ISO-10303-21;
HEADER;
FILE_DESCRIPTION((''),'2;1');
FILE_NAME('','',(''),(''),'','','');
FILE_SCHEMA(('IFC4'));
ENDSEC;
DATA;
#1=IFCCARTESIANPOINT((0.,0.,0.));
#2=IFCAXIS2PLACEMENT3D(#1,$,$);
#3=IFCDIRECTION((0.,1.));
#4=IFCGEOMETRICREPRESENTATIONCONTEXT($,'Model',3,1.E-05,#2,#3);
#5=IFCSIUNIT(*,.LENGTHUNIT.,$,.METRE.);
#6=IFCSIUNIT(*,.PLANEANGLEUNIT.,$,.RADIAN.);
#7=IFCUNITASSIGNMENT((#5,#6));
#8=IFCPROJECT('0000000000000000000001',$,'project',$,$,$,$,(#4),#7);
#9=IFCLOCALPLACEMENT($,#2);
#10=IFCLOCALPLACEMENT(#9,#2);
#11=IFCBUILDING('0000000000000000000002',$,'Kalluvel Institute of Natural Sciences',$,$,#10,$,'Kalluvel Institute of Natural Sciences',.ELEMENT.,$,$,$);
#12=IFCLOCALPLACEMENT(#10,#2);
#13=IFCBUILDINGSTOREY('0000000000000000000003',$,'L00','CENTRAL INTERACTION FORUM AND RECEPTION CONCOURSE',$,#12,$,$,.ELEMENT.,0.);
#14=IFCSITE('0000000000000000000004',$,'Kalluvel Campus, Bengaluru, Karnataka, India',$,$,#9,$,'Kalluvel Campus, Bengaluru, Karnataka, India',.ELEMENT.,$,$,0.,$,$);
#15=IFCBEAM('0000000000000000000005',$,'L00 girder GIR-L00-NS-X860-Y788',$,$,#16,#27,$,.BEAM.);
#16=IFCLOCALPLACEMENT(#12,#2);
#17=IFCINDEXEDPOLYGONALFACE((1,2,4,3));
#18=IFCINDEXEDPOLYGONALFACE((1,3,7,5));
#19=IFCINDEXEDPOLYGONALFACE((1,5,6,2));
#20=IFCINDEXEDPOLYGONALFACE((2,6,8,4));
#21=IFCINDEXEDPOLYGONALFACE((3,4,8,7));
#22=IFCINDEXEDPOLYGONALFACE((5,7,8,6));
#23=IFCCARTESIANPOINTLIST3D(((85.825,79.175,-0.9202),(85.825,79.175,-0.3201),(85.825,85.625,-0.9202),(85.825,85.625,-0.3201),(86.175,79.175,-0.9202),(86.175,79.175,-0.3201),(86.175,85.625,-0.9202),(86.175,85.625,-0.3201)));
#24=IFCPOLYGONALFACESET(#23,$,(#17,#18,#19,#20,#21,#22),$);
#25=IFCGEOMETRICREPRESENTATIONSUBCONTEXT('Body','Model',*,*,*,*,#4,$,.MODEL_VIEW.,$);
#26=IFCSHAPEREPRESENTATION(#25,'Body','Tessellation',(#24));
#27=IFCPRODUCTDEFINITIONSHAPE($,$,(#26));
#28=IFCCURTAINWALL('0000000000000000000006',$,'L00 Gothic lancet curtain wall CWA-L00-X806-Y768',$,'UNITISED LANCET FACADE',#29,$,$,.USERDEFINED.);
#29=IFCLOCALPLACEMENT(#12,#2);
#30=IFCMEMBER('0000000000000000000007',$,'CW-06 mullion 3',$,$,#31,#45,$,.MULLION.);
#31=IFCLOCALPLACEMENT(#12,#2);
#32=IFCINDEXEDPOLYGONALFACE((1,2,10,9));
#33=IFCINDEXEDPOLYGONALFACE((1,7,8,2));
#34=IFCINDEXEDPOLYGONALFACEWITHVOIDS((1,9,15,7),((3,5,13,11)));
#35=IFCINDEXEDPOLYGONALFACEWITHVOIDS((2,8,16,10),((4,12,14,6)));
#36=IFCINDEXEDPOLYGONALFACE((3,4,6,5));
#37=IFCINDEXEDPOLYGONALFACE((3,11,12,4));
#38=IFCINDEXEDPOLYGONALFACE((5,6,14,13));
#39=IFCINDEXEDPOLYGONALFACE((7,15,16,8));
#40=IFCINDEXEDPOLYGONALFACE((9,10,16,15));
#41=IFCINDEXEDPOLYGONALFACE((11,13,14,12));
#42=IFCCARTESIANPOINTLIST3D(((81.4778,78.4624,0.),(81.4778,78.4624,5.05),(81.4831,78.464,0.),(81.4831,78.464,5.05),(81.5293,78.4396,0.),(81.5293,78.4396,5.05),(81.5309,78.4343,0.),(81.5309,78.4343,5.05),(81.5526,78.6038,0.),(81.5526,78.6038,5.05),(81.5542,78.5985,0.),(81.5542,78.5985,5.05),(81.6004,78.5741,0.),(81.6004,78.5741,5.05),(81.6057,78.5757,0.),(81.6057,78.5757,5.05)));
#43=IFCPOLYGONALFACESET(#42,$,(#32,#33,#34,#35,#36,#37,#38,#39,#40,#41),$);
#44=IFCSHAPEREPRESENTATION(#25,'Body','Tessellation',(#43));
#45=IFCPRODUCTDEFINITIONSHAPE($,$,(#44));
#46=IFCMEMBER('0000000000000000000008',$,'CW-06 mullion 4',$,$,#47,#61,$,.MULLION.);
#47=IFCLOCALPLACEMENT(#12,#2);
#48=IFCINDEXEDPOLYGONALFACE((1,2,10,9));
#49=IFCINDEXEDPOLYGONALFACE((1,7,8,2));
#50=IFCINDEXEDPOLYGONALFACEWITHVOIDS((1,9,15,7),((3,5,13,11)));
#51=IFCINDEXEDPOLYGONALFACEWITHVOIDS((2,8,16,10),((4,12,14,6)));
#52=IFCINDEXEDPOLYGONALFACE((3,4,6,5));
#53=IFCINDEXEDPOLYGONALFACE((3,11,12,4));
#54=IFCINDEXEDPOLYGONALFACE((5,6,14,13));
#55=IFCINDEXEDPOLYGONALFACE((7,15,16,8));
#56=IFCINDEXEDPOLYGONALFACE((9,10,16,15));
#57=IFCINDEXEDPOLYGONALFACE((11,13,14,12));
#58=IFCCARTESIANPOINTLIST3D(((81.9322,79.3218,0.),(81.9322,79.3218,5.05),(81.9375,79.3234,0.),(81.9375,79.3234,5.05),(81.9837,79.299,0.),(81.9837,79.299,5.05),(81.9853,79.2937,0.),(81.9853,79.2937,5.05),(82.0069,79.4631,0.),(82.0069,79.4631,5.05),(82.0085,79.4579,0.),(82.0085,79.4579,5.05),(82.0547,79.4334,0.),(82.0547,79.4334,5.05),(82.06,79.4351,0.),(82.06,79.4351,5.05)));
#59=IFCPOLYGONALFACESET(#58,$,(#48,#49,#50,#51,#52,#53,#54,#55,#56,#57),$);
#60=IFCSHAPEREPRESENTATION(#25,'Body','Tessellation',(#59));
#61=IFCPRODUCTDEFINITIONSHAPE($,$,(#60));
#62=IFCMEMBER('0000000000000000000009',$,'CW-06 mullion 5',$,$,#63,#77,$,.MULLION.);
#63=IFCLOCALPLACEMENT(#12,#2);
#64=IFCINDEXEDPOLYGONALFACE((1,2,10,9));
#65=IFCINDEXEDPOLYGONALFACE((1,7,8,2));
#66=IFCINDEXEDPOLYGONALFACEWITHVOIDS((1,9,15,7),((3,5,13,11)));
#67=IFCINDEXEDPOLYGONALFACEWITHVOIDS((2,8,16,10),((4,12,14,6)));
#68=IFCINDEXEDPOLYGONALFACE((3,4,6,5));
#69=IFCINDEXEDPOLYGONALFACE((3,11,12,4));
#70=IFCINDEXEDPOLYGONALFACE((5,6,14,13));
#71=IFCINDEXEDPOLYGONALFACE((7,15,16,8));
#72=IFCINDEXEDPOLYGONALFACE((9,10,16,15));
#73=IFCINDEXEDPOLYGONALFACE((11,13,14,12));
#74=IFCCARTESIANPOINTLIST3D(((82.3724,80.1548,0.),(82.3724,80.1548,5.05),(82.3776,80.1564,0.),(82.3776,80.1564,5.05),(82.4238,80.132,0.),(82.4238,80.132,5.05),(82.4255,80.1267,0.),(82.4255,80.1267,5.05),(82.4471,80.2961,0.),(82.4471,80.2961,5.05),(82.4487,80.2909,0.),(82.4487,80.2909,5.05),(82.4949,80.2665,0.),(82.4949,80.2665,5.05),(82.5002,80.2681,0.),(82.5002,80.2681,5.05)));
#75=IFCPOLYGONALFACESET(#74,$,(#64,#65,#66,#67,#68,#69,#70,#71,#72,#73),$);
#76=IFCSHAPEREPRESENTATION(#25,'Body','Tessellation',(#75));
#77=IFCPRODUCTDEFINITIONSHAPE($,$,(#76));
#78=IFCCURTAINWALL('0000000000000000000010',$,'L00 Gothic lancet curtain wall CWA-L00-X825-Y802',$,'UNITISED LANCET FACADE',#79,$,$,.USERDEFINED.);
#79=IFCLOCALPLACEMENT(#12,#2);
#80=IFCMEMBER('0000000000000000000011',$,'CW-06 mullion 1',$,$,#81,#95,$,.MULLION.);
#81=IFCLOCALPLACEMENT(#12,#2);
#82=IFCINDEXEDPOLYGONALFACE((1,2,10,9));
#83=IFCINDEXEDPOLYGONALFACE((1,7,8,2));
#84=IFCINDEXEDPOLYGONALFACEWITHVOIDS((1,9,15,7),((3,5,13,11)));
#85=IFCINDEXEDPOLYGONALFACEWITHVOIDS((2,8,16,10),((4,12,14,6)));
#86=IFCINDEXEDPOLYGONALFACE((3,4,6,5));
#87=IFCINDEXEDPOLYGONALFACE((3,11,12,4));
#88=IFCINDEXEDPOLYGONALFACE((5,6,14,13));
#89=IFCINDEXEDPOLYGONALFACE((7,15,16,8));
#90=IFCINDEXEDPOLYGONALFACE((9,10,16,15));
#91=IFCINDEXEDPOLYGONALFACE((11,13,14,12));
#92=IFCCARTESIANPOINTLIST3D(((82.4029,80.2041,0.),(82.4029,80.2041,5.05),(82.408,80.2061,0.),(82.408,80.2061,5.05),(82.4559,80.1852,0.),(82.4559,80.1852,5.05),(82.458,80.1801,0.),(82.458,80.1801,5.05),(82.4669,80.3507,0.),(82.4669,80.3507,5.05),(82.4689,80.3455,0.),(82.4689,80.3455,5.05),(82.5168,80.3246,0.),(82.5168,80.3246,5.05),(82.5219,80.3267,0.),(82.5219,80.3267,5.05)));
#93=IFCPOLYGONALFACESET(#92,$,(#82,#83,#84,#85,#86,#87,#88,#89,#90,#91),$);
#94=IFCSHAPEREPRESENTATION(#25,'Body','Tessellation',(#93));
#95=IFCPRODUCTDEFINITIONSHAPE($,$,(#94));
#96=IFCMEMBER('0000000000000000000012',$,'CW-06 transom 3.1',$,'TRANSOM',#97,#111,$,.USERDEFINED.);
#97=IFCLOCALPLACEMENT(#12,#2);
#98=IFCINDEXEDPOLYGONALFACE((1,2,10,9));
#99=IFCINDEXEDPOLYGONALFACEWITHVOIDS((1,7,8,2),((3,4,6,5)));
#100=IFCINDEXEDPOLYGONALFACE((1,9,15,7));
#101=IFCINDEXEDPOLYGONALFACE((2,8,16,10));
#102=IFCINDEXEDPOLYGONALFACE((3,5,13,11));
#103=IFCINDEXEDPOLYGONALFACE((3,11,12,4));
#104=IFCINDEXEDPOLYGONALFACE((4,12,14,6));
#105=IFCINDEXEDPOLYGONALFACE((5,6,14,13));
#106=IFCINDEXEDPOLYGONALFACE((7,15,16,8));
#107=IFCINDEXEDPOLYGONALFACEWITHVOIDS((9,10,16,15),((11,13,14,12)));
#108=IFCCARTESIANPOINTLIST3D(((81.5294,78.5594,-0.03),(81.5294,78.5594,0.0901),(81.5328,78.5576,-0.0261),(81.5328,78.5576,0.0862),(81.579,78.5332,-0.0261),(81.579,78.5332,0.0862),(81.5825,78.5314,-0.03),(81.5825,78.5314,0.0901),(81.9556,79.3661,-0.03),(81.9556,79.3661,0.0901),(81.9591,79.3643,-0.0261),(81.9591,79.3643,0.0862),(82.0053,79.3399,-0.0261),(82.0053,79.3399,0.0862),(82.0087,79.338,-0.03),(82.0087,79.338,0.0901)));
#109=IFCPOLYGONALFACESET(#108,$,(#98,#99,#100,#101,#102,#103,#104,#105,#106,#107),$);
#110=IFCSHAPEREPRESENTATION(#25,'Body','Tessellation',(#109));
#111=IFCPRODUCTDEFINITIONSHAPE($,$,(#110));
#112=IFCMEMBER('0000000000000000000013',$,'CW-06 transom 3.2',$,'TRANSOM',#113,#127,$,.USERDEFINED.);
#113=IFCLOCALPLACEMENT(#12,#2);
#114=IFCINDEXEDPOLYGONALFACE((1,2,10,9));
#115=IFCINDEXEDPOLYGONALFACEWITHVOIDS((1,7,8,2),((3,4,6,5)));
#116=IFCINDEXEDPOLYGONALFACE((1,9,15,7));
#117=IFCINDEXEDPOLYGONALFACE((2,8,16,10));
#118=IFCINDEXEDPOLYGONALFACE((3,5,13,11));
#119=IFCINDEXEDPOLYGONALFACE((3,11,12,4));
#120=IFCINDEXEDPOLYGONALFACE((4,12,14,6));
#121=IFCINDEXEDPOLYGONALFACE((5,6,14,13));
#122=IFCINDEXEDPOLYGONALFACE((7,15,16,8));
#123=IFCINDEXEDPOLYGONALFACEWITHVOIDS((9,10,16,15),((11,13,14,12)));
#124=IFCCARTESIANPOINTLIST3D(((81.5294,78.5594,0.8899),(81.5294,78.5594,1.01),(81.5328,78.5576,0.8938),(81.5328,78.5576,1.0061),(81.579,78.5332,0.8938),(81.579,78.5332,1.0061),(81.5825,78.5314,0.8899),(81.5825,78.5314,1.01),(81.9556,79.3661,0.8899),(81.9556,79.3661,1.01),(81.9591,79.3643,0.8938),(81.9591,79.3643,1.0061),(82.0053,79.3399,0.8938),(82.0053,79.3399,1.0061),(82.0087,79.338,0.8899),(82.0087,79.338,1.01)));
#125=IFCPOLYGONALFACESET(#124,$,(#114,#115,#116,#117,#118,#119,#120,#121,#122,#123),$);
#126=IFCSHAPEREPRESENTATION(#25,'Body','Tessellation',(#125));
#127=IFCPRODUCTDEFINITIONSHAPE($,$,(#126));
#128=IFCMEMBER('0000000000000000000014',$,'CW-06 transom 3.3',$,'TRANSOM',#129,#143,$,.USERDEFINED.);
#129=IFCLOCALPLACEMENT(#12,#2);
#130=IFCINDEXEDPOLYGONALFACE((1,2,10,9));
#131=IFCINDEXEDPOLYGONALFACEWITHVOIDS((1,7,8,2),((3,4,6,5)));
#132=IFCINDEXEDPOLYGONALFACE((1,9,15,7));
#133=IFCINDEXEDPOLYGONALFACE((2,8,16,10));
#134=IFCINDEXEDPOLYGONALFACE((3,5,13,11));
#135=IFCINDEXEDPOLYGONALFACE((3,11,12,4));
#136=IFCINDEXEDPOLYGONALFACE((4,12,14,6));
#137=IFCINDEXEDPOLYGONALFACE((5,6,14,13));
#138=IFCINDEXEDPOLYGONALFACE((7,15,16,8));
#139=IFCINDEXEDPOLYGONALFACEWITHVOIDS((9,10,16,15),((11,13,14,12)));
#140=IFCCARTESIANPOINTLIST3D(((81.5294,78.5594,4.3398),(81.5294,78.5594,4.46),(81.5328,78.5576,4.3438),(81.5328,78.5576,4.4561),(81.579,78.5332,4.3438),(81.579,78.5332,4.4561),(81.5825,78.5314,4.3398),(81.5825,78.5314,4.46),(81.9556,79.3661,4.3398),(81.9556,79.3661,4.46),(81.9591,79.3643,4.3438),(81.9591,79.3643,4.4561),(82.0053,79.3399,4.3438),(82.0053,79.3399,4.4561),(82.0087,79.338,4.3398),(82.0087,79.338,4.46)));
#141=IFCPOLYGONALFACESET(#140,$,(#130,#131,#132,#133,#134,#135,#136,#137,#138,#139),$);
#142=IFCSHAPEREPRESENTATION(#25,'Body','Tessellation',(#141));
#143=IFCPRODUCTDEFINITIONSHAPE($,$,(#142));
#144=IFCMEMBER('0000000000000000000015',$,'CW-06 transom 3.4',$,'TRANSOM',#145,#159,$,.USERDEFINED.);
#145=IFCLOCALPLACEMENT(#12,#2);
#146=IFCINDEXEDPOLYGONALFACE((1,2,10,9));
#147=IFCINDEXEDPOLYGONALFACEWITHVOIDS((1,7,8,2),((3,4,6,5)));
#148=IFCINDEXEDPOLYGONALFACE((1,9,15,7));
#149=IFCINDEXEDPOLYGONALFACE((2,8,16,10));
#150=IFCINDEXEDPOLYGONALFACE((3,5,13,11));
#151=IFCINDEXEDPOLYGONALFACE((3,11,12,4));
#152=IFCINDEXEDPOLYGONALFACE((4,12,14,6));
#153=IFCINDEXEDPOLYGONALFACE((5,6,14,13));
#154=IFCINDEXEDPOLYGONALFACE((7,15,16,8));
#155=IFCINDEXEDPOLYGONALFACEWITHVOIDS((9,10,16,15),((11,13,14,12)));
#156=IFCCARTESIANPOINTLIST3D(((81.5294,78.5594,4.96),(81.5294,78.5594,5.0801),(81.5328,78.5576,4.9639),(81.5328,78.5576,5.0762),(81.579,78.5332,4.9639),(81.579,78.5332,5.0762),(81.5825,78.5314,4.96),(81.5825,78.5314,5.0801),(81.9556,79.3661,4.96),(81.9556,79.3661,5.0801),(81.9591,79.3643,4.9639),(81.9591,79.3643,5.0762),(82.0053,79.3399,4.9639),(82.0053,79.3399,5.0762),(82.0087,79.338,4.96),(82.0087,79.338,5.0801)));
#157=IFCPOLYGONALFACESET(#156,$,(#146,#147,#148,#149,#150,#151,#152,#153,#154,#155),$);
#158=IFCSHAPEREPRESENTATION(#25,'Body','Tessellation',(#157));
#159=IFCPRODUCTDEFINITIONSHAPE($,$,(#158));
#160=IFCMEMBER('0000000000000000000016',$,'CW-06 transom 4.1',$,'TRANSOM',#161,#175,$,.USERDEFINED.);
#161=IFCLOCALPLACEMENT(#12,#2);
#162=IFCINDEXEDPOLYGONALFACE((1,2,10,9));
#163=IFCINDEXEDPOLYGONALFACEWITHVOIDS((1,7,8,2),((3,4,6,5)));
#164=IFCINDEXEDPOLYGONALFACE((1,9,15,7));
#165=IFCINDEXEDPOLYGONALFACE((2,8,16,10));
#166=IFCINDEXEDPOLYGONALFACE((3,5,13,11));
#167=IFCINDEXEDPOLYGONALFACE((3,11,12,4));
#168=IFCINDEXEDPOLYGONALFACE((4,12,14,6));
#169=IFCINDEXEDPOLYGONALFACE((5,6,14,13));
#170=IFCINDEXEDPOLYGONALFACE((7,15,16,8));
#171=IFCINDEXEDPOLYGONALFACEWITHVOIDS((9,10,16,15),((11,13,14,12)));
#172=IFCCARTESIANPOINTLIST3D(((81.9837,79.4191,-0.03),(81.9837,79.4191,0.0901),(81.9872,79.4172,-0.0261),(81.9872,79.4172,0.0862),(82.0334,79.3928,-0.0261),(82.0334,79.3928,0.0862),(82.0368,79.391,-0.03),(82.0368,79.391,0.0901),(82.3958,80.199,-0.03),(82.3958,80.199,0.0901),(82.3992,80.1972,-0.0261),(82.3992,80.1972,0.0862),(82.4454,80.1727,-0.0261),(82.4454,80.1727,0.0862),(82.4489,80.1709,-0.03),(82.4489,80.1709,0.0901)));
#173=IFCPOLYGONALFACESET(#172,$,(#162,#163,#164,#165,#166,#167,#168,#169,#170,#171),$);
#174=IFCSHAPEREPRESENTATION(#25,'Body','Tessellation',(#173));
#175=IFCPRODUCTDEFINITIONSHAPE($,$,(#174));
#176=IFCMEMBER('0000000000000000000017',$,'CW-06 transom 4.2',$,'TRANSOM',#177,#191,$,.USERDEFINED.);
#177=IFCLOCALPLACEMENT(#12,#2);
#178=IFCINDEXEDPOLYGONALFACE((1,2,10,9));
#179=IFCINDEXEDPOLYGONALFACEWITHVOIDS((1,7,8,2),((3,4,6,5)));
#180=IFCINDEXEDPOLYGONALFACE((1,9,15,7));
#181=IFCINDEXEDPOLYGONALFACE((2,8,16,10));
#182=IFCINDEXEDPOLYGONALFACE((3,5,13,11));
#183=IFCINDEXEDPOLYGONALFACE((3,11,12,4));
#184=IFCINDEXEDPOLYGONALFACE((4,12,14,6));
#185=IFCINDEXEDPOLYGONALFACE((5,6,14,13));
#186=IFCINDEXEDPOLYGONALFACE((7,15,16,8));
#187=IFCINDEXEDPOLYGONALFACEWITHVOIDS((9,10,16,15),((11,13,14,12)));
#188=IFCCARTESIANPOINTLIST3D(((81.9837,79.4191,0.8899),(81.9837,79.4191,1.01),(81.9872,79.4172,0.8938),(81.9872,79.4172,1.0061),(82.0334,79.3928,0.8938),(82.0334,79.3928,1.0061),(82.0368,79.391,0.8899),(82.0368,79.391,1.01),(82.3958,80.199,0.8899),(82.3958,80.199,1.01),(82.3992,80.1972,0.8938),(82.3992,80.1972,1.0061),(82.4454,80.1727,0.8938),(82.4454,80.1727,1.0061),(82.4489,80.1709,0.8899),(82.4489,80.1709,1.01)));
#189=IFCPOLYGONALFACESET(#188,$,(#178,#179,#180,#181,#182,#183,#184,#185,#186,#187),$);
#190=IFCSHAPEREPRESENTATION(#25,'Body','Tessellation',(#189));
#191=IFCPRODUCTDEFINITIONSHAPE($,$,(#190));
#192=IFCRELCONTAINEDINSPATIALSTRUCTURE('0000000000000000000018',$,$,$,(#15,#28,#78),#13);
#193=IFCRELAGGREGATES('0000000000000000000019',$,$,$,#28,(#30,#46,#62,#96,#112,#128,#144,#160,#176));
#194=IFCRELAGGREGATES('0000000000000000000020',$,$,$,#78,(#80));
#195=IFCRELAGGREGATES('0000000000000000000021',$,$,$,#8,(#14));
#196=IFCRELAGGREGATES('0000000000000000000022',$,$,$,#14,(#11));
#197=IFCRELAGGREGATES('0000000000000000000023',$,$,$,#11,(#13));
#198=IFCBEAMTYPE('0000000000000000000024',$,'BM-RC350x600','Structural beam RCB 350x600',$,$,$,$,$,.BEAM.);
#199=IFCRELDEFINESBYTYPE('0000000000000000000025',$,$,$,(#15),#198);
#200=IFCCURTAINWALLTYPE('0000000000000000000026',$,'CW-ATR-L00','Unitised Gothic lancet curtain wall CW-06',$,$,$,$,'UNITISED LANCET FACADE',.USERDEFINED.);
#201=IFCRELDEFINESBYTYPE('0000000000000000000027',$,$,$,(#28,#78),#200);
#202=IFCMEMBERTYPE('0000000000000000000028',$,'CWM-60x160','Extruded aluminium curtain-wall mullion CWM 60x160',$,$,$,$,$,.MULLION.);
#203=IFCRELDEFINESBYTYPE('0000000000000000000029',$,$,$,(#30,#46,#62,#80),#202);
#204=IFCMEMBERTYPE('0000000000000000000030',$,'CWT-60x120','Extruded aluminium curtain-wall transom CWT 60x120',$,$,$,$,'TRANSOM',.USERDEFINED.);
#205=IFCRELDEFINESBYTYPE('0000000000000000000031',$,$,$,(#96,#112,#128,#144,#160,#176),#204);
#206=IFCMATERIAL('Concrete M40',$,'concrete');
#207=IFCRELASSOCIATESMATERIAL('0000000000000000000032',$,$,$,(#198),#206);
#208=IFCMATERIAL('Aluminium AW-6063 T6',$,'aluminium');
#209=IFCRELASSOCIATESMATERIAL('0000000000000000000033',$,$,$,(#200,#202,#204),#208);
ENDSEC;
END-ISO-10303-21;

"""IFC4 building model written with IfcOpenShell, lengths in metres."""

from ifc_helpers import new_model, si_unit, direction, frame, origin, origin_2d, place, context, subcontext, project, spatial, rectangle, hollow_rectangle, extrude, material, material_profile, profile_set, type_object, element, aggregate, save


model = new_model("IFC4")

# Units and contexts
model_context = context("Model", 3, precision=1e-05, world=origin(), true_north=direction((0.0, 1.0)))
body_context = subcontext(model_context, "Body", "Model", "MODEL_VIEW")
ifc_project = project(units=[si_unit("LENGTHUNIT", "METRE"), si_unit("PLANEANGLEUNIT", "RADIAN")], contexts=[model_context])

# Site, building, storey
site_placement = place(None, origin())
site = spatial("IfcSite", under=ifc_project, at=site_placement, Name="Kalluvel Campus, Bengaluru, Karnataka, India", LongName="Kalluvel Campus, Bengaluru, Karnataka, India", CompositionType="ELEMENT", RefElevation=0.0)
building_placement = place(site_placement, origin())
building = spatial("IfcBuilding", under=site, at=building_placement, Name="Kalluvel Institute of Natural Sciences", LongName="Kalluvel Institute of Natural Sciences", CompositionType="ELEMENT")
storey_placement = place(building_placement, origin())
storey = spatial("IfcBuildingStorey", under=building, at=storey_placement, Name="L00", Description="CENTRAL INTERACTION FORUM AND RECEPTION CONCOURSE", CompositionType="ELEMENT", Elevation=0.0)

# Beam
ifc_material_1 = material(Name="Concrete M40", Category="concrete")
ifc_material_profile_1 = material_profile(ifc_material_1, rectangle(XDim=0.3501, YDim=0.6001, at=origin_2d()), Name="RCB 350x600")
ifc_profile_set_1 = profile_set([ifc_material_profile_1], Name="Concrete M40")
beam_type = type_object("IfcBeamType", Name="BM-RC350x600", Description="Structural beam RCB 350x600", PredefinedType="BEAM", material=ifc_profile_set_1)
beam_placement = place(storey_placement, frame((86.0, 79.175, -0.6201), z_axis=(0.0, 1.0, 0.0), x_axis=(-1.0, 0.0, 0.0)))
element("IfcBeam", 1, at=beam_placement, inside=storey, type_object=beam_type, Name="L00 girder GIR-L00-NS-X860-Y788", PredefinedType="BEAM", context=body_context, shape_type="SweptSolid", body=[
    extrude(rectangle(XDim=0.3501, YDim=0.6001, at=origin_2d()), origin(), (0.0, 0.0, 1.0), 6.45),
])

# Curtain wall, members
ifc_material_2 = material(Name="Aluminium AW-6063 T6", Category="aluminium")
curtain_wall_type = type_object("IfcCurtainWallType", Name="CW-ATR-L00", Description="Unitised Gothic lancet curtain wall CW-06", ElementType="UNITISED LANCET FACADE", PredefinedType="USERDEFINED", material=ifc_material_2)
curtain_wall_1_placement = place(storey_placement, origin())
curtain_wall_1 = element("IfcCurtainWall", 2, at=curtain_wall_1_placement, inside=storey, type_object=curtain_wall_type, Name="L00 Gothic lancet curtain wall CWA-L00-X806-Y768", ObjectType="UNITISED LANCET FACADE", PredefinedType="USERDEFINED")
ifc_material_profile_2 = material_profile(ifc_material_2, hollow_rectangle(XDim=0.0601, YDim=0.1599, WallThickness=0.0039, at=origin_2d()), Name="CWM 60x160")
ifc_profile_set_2 = profile_set([ifc_material_profile_2], Name="Aluminium AW-6063 T6")
member_type_1 = type_object("IfcMemberType", Name="CWM-60x160", Description="Extruded aluminium curtain-wall mullion CWM 60x160", PredefinedType="MULLION", material=ifc_profile_set_2)
member_1_placement = place(storey_placement, frame((81.5417, 78.519, 0.0), z_axis=(0.0, 0.0, 1.0), x_axis=(-0.884109, 0.467281, 0.0)))
member_1 = element("IfcMember", 3, at=member_1_placement, type_object=member_type_1, Name="CW-06 mullion 3", PredefinedType="MULLION", context=body_context, shape_type="SweptSolid", body=[
    extrude(hollow_rectangle(XDim=0.0601, YDim=0.1599, WallThickness=0.0039, at=origin_2d()), origin(), (0.0, 0.0, 1.0), 5.05),
])
member_2_placement = place(storey_placement, frame((81.9961, 79.3784, 0.0), z_axis=(0.0, 0.0, 1.0), x_axis=(-0.884109, 0.467281, 0.0)))
member_2 = element("IfcMember", 4, at=member_2_placement, type_object=member_type_1, Name="CW-06 mullion 4", PredefinedType="MULLION", context=body_context, shape_type="SweptSolid", body=[
    extrude(hollow_rectangle(XDim=0.0601, YDim=0.1599, WallThickness=0.0039, at=origin_2d()), origin(), (0.0, 0.0, 1.0), 5.05),
])
member_3_placement = place(storey_placement, frame((82.4363, 80.2114, 0.0), z_axis=(0.0, 0.0, 1.0), x_axis=(-0.884109, 0.467281, 0.0)))
member_3 = element("IfcMember", 5, at=member_3_placement, type_object=member_type_1, Name="CW-06 mullion 5", PredefinedType="MULLION", context=body_context, shape_type="SweptSolid", body=[
    extrude(hollow_rectangle(XDim=0.0601, YDim=0.1599, WallThickness=0.0039, at=origin_2d()), origin(), (0.0, 0.0, 1.0), 5.05),
])

# Curtain wall, member
curtain_wall_2_placement = place(storey_placement, origin())
curtain_wall_2 = element("IfcCurtainWall", 6, at=curtain_wall_2_placement, inside=storey, type_object=curtain_wall_type, Name="L00 Gothic lancet curtain wall CWA-L00-X825-Y802", ObjectType="UNITISED LANCET FACADE", PredefinedType="USERDEFINED")
member_4_placement = place(storey_placement, frame((82.4624, 80.2654, 0.0), z_axis=(0.0, 0.0, 1.0), x_axis=(-0.916571, 0.399873, 0.0)))
member_4 = element("IfcMember", 7, at=member_4_placement, type_object=member_type_1, Name="CW-06 mullion 1", PredefinedType="MULLION", context=body_context, shape_type="SweptSolid", body=[
    extrude(hollow_rectangle(XDim=0.0601, YDim=0.1599, WallThickness=0.0039, at=origin_2d()), origin(), (0.0, 0.0, 1.0), 5.05),
])

# Members
ifc_material_profile_3 = material_profile(ifc_material_2, hollow_rectangle(XDim=0.0601, YDim=0.1201, WallThickness=0.0039, at=origin_2d()), Name="CWT 60x120")
ifc_profile_set_3 = profile_set([ifc_material_profile_3], Name="Aluminium AW-6063 T6")
member_type_2 = type_object("IfcMemberType", Name="CWT-60x120", Description="Extruded aluminium curtain-wall transom CWT 60x120", ElementType="TRANSOM", PredefinedType="USERDEFINED", material=ifc_profile_set_3)
member_5_placement = place(storey_placement, frame((81.5559, 78.5454, 0.03), z_axis=(0.467224, 0.884139, 0.0), x_axis=(-0.884139, 0.467224, 0.0)))
member_5 = element("IfcMember", 8, at=member_5_placement, type_object=member_type_2, Name="CW-06 transom 3.1", ObjectType="TRANSOM", PredefinedType="USERDEFINED", context=body_context, shape_type="SweptSolid", body=[
    extrude(hollow_rectangle(XDim=0.0601, YDim=0.1201, WallThickness=0.0039, at=origin_2d()), origin(), (0.0, 0.0, 1.0), 0.9124),
])
member_6_placement = place(storey_placement, frame((81.5559, 78.5454, 0.95), z_axis=(0.467224, 0.884139, 0.0), x_axis=(-0.884139, 0.467224, 0.0)))
member_6 = element("IfcMember", 9, at=member_6_placement, type_object=member_type_2, Name="CW-06 transom 3.2", ObjectType="TRANSOM", PredefinedType="USERDEFINED", context=body_context, shape_type="SweptSolid", body=[
    extrude(hollow_rectangle(XDim=0.0601, YDim=0.1201, WallThickness=0.0039, at=origin_2d()), origin(), (0.0, 0.0, 1.0), 0.9124),
])
member_7_placement = place(storey_placement, frame((81.5559, 78.5454, 4.3999), z_axis=(0.467224, 0.884139, 0.0), x_axis=(-0.884139, 0.467224, 0.0)))
member_7 = element("IfcMember", 10, at=member_7_placement, type_object=member_type_2, Name="CW-06 transom 3.3", ObjectType="TRANSOM", PredefinedType="USERDEFINED", context=body_context, shape_type="SweptSolid", body=[
    extrude(hollow_rectangle(XDim=0.0601, YDim=0.1201, WallThickness=0.0039, at=origin_2d()), origin(), (0.0, 0.0, 1.0), 0.9124),
])
member_8_placement = place(storey_placement, frame((81.5559, 78.5454, 5.02), z_axis=(0.467224, 0.884139, 0.0), x_axis=(-0.884139, 0.467224, 0.0)))
member_8 = element("IfcMember", 11, at=member_8_placement, type_object=member_type_2, Name="CW-06 transom 3.4", ObjectType="TRANSOM", PredefinedType="USERDEFINED", context=body_context, shape_type="SweptSolid", body=[
    extrude(hollow_rectangle(XDim=0.0601, YDim=0.1201, WallThickness=0.0039, at=origin_2d()), origin(), (0.0, 0.0, 1.0), 0.9124),
])
member_9_placement = place(storey_placement, frame((82.0103, 79.405, 0.03), z_axis=(0.467137, 0.884185, 0.0), x_axis=(-0.884185, 0.467137, 0.0)))
member_9 = element("IfcMember", 12, at=member_9_placement, type_object=member_type_2, Name="CW-06 transom 4.1", ObjectType="TRANSOM", PredefinedType="USERDEFINED", context=body_context, shape_type="SweptSolid", body=[
    extrude(hollow_rectangle(XDim=0.0601, YDim=0.1201, WallThickness=0.0039, at=origin_2d()), origin(), (0.0, 0.0, 1.0), 0.8821),
])
member_10_placement = place(storey_placement, frame((82.0103, 79.405, 0.95), z_axis=(0.467137, 0.884185, 0.0), x_axis=(-0.884185, 0.467137, 0.0)))
member_10 = element("IfcMember", 13, at=member_10_placement, type_object=member_type_2, Name="CW-06 transom 4.2", ObjectType="TRANSOM", PredefinedType="USERDEFINED", context=body_context, shape_type="SweptSolid", body=[
    extrude(hollow_rectangle(XDim=0.0601, YDim=0.1201, WallThickness=0.0039, at=origin_2d()), origin(), (0.0, 0.0, 1.0), 0.8821),
])

aggregate(curtain_wall_1, [member_1, member_2, member_3, member_5, member_6, member_7, member_8, member_9, member_10])
aggregate(curtain_wall_2, [member_4])

save(model, "model.ifc")
